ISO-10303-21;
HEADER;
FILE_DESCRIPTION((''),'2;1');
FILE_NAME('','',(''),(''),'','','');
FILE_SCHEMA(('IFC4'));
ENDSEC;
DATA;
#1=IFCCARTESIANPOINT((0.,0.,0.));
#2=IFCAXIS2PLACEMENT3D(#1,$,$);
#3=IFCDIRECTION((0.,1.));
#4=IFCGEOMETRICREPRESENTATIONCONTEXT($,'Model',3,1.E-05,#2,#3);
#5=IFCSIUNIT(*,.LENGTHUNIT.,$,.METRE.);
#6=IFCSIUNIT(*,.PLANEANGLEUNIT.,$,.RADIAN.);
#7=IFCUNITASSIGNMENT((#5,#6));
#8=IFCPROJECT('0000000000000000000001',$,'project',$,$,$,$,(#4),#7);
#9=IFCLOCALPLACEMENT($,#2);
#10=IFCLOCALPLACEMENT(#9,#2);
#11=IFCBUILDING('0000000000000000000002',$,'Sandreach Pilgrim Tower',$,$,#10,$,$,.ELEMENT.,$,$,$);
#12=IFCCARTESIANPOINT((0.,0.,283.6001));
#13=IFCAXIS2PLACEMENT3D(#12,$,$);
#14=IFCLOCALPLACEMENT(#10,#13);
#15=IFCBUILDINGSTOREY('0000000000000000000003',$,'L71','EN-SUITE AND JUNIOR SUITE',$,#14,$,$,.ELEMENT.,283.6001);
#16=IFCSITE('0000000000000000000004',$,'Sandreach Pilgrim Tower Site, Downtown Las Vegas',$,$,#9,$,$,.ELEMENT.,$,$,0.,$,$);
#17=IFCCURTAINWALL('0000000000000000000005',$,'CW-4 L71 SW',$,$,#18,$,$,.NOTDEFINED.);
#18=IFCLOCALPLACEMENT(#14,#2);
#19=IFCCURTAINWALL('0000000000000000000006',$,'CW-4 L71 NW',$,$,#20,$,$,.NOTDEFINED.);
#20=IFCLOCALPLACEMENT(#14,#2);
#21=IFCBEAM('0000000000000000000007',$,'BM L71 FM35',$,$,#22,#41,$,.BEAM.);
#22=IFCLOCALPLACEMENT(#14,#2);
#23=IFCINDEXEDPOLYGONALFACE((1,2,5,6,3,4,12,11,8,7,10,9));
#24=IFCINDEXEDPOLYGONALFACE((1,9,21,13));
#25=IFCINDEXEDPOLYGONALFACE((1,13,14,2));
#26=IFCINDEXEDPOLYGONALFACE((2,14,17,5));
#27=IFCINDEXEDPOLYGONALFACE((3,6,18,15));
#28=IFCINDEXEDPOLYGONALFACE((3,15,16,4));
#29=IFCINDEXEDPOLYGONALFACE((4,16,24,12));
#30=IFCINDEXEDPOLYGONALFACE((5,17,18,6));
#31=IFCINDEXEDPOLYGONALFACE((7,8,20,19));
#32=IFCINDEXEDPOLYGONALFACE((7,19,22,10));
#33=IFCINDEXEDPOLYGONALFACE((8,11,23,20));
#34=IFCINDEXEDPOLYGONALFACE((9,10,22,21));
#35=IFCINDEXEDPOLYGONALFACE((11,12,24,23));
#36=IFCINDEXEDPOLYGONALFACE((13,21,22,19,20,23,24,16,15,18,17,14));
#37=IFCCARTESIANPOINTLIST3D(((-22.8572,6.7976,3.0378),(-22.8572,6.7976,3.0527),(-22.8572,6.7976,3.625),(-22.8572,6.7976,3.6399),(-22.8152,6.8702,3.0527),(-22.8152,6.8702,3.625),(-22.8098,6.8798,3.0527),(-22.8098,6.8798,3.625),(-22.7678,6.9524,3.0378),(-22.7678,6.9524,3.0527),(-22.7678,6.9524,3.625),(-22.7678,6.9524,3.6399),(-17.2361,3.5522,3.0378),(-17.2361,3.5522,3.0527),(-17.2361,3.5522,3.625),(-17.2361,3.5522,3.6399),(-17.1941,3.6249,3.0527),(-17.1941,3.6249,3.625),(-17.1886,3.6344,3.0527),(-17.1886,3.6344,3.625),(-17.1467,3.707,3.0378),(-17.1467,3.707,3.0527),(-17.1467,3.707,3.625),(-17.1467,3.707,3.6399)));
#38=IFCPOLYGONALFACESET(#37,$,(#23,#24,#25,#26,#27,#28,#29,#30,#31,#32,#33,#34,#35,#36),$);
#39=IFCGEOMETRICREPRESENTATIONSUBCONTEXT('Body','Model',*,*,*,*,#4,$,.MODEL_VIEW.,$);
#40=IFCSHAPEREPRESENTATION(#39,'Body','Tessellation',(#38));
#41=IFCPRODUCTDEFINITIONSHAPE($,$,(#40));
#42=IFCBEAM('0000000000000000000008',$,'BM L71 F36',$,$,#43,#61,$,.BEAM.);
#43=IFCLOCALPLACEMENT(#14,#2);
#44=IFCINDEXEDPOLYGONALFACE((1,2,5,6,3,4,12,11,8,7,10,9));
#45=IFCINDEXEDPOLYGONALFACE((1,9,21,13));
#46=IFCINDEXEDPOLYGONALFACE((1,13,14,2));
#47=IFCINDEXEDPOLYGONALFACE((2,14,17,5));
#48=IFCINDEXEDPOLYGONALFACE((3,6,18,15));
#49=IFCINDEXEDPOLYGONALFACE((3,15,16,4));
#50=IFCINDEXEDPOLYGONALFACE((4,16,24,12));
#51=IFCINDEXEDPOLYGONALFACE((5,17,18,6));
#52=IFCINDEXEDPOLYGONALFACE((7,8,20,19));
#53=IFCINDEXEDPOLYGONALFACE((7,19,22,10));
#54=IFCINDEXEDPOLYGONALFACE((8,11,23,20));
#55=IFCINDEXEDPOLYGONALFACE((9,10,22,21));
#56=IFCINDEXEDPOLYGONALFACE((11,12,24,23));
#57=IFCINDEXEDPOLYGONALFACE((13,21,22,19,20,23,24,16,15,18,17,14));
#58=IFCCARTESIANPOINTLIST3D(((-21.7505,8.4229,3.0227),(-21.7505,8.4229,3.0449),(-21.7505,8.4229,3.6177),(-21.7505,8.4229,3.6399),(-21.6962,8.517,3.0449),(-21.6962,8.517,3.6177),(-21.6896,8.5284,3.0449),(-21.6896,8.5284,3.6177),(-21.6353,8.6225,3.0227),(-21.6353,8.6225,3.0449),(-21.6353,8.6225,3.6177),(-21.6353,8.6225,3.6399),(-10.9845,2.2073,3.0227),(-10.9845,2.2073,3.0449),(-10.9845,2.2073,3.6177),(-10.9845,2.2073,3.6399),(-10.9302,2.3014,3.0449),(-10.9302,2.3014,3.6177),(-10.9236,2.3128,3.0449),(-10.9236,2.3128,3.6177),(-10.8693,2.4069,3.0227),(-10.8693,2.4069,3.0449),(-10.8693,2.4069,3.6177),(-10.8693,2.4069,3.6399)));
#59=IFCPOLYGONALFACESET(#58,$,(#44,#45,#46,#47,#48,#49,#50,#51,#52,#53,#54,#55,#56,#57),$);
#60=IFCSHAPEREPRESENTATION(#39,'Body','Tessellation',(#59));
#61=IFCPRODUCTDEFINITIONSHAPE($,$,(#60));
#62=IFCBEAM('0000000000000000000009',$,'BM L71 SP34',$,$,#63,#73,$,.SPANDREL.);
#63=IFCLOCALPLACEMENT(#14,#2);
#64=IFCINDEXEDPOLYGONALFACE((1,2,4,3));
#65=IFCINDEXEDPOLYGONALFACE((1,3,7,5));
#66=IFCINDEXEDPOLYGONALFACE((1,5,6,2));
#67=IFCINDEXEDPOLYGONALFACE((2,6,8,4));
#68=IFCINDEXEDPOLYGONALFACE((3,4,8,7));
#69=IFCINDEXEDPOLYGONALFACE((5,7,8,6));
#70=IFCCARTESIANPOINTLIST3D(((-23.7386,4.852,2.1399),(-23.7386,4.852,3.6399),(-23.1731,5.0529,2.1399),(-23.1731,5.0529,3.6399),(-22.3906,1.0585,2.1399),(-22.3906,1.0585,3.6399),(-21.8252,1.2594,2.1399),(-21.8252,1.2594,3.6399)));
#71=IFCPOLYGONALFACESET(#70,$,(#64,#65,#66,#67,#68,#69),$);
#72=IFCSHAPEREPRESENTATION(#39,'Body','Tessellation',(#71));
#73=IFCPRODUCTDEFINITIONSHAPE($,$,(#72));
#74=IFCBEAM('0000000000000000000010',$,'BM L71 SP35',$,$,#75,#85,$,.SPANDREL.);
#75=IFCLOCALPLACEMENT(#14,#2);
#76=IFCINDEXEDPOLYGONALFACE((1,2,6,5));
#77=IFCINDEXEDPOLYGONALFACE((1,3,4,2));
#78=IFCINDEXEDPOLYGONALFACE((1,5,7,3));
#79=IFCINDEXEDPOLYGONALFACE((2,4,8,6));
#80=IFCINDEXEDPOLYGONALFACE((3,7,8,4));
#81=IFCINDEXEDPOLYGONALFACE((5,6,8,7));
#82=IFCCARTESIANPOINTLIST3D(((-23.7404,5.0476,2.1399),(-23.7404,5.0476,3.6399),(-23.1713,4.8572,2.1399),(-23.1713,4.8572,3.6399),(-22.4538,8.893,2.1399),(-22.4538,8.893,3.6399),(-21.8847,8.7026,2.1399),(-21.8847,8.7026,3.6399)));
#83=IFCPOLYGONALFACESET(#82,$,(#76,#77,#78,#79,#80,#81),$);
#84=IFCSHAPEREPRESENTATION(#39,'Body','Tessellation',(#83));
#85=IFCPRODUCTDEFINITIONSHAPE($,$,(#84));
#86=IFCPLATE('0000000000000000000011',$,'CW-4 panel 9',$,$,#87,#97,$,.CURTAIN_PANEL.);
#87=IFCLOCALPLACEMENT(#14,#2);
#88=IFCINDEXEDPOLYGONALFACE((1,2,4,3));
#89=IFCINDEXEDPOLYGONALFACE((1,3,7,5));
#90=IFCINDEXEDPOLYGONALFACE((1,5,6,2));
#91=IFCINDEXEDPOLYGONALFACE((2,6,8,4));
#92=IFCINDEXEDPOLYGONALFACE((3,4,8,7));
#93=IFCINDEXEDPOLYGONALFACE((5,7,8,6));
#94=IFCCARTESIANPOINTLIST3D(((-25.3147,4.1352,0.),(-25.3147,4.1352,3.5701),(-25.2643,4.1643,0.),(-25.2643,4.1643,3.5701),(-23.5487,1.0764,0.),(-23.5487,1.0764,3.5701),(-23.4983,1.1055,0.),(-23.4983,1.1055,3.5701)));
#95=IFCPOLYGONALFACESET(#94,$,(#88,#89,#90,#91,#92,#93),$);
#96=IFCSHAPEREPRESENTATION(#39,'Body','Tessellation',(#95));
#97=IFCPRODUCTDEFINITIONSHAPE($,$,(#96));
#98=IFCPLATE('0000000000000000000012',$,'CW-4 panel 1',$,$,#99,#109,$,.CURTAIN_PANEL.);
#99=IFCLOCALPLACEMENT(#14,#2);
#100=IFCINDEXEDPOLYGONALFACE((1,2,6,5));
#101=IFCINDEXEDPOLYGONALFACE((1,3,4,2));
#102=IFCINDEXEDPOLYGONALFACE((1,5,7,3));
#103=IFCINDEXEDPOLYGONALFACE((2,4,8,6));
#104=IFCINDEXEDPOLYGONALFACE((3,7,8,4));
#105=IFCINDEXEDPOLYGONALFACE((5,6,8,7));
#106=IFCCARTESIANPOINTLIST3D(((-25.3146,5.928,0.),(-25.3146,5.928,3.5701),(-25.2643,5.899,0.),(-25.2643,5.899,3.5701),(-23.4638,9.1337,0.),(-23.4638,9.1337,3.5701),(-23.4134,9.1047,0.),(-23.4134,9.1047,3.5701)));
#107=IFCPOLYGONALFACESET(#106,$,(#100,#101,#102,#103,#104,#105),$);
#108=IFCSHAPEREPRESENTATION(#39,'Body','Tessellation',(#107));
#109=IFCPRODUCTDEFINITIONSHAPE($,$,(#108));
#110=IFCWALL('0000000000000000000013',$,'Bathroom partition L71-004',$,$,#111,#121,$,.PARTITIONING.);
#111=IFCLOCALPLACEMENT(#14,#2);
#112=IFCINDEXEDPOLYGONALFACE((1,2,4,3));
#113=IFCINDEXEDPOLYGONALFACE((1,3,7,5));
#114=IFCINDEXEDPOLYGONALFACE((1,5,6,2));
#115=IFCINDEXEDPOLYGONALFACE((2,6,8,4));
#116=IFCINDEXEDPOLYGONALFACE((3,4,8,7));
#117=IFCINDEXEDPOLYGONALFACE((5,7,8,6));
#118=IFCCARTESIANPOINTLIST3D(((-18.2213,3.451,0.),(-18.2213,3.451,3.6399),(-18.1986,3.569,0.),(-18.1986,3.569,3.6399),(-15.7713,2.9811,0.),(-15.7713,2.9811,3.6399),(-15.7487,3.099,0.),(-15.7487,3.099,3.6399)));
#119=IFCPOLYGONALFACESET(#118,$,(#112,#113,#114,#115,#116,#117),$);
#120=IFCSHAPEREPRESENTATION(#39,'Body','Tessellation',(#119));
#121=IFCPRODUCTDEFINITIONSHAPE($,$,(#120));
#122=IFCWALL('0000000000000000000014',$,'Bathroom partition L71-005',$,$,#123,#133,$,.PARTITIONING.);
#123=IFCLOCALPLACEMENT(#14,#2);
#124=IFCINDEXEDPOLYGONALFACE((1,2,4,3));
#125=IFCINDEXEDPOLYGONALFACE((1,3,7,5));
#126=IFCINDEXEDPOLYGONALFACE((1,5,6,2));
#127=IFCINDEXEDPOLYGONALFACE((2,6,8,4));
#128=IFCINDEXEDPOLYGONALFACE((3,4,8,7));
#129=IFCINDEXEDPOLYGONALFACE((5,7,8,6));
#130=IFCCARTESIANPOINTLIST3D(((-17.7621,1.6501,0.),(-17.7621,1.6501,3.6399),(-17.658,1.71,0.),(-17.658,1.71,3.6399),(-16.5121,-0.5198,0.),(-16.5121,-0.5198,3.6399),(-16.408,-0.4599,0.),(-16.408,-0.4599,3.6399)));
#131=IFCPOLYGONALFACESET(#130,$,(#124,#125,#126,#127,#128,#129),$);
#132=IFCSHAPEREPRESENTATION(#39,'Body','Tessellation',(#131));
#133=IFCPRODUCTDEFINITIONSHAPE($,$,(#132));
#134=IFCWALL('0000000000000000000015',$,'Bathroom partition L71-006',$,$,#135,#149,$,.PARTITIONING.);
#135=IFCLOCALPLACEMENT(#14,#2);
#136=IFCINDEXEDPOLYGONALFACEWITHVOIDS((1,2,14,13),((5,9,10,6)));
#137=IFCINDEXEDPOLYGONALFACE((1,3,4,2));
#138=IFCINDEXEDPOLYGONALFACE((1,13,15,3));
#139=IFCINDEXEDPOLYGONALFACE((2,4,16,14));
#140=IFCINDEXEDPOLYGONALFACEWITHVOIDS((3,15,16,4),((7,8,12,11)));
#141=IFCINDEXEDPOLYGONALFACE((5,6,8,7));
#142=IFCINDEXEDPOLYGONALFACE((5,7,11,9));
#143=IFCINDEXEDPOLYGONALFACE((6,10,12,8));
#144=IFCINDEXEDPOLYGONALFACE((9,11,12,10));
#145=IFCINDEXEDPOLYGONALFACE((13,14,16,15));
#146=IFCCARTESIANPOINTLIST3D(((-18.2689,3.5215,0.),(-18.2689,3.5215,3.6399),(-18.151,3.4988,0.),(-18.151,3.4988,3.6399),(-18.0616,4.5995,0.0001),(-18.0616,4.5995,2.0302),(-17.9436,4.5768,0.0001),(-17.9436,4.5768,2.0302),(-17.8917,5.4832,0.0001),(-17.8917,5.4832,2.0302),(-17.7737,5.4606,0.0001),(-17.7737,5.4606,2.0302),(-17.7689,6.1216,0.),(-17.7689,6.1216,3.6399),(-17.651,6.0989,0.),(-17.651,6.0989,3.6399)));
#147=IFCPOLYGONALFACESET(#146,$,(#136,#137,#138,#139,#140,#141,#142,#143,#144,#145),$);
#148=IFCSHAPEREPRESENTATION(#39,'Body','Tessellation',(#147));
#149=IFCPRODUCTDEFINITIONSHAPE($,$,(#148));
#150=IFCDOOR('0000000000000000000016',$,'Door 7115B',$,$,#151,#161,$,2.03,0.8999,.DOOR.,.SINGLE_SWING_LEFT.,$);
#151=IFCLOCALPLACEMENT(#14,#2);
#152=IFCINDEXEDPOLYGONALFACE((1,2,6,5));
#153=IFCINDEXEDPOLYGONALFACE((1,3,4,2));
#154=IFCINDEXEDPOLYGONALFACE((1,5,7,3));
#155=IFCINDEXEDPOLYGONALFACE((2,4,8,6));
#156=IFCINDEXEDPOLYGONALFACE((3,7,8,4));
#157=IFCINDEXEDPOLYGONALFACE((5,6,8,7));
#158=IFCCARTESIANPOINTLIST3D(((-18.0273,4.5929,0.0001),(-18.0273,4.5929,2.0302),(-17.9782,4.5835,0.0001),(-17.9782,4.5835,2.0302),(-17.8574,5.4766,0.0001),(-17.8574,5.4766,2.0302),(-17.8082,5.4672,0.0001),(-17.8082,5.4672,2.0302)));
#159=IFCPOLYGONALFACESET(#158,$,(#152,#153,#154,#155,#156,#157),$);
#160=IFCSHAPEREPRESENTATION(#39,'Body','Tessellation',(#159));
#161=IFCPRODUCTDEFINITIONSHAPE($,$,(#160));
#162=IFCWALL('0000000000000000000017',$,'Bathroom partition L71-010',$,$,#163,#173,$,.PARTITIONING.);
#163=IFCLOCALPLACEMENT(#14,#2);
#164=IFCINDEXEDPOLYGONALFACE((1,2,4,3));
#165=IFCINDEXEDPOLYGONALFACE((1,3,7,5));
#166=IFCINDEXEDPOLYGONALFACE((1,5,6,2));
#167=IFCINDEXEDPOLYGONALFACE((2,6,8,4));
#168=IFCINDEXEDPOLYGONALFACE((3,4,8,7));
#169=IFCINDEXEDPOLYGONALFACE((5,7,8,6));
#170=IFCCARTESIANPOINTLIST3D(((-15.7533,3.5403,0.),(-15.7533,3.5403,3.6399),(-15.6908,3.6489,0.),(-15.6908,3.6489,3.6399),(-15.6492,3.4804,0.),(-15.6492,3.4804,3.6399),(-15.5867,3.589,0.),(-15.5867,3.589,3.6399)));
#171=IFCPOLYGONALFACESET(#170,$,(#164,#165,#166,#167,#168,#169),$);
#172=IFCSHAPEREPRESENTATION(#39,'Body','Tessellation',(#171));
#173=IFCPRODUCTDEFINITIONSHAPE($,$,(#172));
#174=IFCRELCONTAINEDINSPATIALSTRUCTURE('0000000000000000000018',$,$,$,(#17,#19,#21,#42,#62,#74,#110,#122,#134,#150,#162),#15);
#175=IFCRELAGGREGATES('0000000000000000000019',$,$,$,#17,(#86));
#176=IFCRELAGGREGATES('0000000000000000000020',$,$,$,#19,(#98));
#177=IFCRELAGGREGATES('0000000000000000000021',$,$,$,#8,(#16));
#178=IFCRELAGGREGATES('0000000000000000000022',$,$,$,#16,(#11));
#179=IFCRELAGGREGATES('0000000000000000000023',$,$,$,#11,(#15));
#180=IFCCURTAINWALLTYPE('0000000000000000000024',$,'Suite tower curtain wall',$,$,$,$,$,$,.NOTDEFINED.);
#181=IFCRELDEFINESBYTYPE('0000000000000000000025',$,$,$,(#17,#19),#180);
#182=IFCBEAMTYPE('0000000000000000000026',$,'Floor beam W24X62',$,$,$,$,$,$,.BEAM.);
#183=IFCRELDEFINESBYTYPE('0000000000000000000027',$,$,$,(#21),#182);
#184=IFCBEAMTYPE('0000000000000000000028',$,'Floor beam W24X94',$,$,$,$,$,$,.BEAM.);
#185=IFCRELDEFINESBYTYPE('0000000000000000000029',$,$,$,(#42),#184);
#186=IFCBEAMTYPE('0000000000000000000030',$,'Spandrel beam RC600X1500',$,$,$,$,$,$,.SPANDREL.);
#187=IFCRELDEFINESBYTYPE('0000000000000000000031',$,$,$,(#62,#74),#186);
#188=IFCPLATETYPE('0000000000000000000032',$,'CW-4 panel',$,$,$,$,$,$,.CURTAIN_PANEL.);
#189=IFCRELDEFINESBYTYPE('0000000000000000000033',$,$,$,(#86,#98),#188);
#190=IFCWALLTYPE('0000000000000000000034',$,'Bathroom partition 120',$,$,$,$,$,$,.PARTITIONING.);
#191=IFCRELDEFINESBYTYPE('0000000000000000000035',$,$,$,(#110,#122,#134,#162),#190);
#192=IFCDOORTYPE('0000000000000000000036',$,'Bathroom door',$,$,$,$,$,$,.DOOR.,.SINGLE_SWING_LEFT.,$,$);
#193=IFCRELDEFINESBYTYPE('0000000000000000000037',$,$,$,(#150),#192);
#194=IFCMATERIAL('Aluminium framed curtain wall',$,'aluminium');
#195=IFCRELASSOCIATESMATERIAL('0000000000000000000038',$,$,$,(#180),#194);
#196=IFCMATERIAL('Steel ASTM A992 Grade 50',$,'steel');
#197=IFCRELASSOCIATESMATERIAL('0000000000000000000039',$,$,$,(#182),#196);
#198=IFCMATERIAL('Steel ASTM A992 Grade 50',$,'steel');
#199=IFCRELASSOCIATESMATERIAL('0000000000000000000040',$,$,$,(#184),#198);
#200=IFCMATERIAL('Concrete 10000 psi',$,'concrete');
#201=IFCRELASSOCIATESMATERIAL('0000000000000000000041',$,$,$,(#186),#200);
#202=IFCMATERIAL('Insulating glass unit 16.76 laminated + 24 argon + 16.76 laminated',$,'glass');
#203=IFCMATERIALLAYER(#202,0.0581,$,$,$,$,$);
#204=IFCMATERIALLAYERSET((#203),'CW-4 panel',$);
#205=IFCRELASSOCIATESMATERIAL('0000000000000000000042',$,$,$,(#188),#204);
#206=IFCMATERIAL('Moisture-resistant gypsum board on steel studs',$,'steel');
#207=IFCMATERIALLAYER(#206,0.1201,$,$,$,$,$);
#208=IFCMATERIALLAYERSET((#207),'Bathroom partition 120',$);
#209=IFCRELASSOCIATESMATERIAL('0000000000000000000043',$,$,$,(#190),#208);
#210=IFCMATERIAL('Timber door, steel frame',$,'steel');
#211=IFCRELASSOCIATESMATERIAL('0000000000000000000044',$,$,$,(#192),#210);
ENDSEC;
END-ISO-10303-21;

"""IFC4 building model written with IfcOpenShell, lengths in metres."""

from ifc_helpers import new_model, si_unit, direction, frame, frame_2d, origin, origin_2d, place, context, subcontext, project, spatial, rectangle, i_section, extrude, material, layer, layer_set, material_profile, profile_set, type_object, element, fill, aggregate, save


model = new_model("IFC4")

# Units and contexts
model_context = context("Model", 3, precision=1e-05, world=origin(), true_north=direction((0.0, 1.0)))
body_context = subcontext(model_context, "Body", "Model", "MODEL_VIEW")
ifc_project = project(units=[si_unit("LENGTHUNIT", "METRE"), si_unit("PLANEANGLEUNIT", "RADIAN")], contexts=[model_context])

# Site, building, storey
site_placement = place(None, origin())
site = spatial("IfcSite", under=ifc_project, at=site_placement, Name="Sandreach Pilgrim Tower Site, Downtown Las Vegas", CompositionType="ELEMENT", RefElevation=0.0)
building_placement = place(site_placement, origin())
building = spatial("IfcBuilding", under=site, at=building_placement, Name="Sandreach Pilgrim Tower", CompositionType="ELEMENT")
storey_placement = place(building_placement, frame((0.0, 0.0, 283.6001)))
storey = spatial("IfcBuildingStorey", under=building, at=storey_placement, Name="L71", Description="EN-SUITE AND JUNIOR SUITE", CompositionType="ELEMENT", Elevation=283.6001)

# Curtain wall
ifc_material_1 = material(Name="Aluminium framed curtain wall", Category="aluminium")
curtain_wall_type = type_object("IfcCurtainWallType", Name="Suite tower curtain wall", PredefinedType="NOTDEFINED", material=ifc_material_1)
curtain_wall_1_placement = place(storey_placement, origin())
curtain_wall_1 = element("IfcCurtainWall", 1, at=curtain_wall_1_placement, inside=storey, type_object=curtain_wall_type, Name="CW-4 L71 SW", PredefinedType="NOTDEFINED")

# Curtain wall
curtain_wall_2_placement = place(storey_placement, origin())
curtain_wall_2 = element("IfcCurtainWall", 2, at=curtain_wall_2_placement, inside=storey, type_object=curtain_wall_type, Name="CW-4 L71 NW", PredefinedType="NOTDEFINED")

# Beams
ifc_material_2 = material(Name="Steel ASTM A992 Grade 50", Category="steel")
ifc_material_profile_1 = material_profile(ifc_material_2, i_section(OverallWidth=0.1787, OverallDepth=0.6021, WebThickness=0.011, FlangeThickness=0.0149, at=origin_2d()), Name="W24X62")
ifc_profile_set_1 = profile_set([ifc_material_profile_1], Name="Steel ASTM A992 Grade 50")
beam_type_1 = type_object("IfcBeamType", Name="Floor beam W24X62", PredefinedType="BEAM", material=ifc_profile_set_1)
beam_1_placement = place(storey_placement, frame((-22.8125, 6.875, 3.3389), z_axis=(0.866024, -0.500002, 0.0), x_axis=(0.500002, 0.866024, 0.0)))
element("IfcBeam", 3, at=beam_1_placement, inside=storey, type_object=beam_type_1, Name="BM L71 FM35", PredefinedType="BEAM", context=body_context, shape_type="SweptSolid", body=[
    extrude(i_section(OverallWidth=0.1787, OverallDepth=0.6021, WebThickness=0.011, FlangeThickness=0.0149, at=origin_2d()), origin(), (0.0, 0.0, 1.0), 6.4907),
])
ifc_material_3 = material(Name="Steel ASTM A992 Grade 50", Category="steel")
ifc_material_profile_2 = material_profile(ifc_material_3, i_section(OverallWidth=0.2305, OverallDepth=0.6172, WebThickness=0.0132, FlangeThickness=0.0222, at=origin_2d()), Name="W24X94")
ifc_profile_set_2 = profile_set([ifc_material_profile_2], Name="Steel ASTM A992 Grade 50")
beam_type_2 = type_object("IfcBeamType", Name="Floor beam W24X94", PredefinedType="BEAM", material=ifc_profile_set_2)
beam_2_placement = place(storey_placement, frame((-21.6929, 8.5227, 3.3313), z_axis=(0.866029, -0.499994, 0.0), x_axis=(0.499994, 0.866029, 0.0)))
element("IfcBeam", 4, at=beam_2_placement, inside=storey, type_object=beam_type_2, Name="BM L71 F36", PredefinedType="BEAM", context=body_context, shape_type="SweptSolid", body=[
    extrude(i_section(OverallWidth=0.2305, OverallDepth=0.6172, WebThickness=0.0132, FlangeThickness=0.0222, at=origin_2d()), origin(), (0.0, 0.0, 1.0), 12.4314),
])
ifc_material_4 = material(Name="Concrete 10000 psi", Category="concrete")
ifc_material_profile_3 = material_profile(ifc_material_4, rectangle(XDim=0.6001, YDim=1.5, at=origin_2d()), Name="RC600X1500")
ifc_profile_set_3 = profile_set([ifc_material_profile_3], Name="Concrete 10000 psi")
beam_type_3 = type_object("IfcBeamType", Name="Spandrel beam RC600X1500", PredefinedType="SPANDREL", material=ifc_profile_set_3)
beam_3_placement = place(storey_placement, frame((-22.1079, 1.1589, 2.8899), z_axis=(-0.334815, 0.942284, 0.0), x_axis=(-0.942284, -0.334815, 0.0)))
element("IfcBeam", 5, at=beam_3_placement, inside=storey, type_object=beam_type_3, Name="BM L71 SP34", PredefinedType="SPANDREL", context=body_context, shape_type="SweptSolid", body=[
    extrude(rectangle(XDim=0.6001, YDim=1.5, at=origin_2d()), origin(), (0.0, 0.0, 1.0), 4.0259),
])
beam_4_placement = place(storey_placement, frame((-23.4558, 4.9524, 2.8899), z_axis=(0.317293, 0.948327, 0.0), x_axis=(-0.948327, 0.317293, 0.0)))
element("IfcBeam", 6, at=beam_4_placement, inside=storey, type_object=beam_type_3, Name="BM L71 SP35", PredefinedType="SPANDREL", context=body_context, shape_type="SweptSolid", body=[
    extrude(rectangle(XDim=0.6001, YDim=1.5, at=origin_2d()), origin(), (0.0, 0.0, 1.0), 4.0549),
])

# Plates
ifc_material_5 = material(Name="Insulating glass unit 16.76 laminated + 24 argon + 16.76 laminated", Category="glass")
ifc_layer_1 = layer(ifc_material_5, 0.0581)
ifc_layer_set_1 = layer_set([ifc_layer_1], Name="CW-4 panel")
plate_type = type_object("IfcPlateType", Name="CW-4 panel", PredefinedType="CURTAIN_PANEL", material=ifc_layer_set_1)
plate_1_placement = place(storey_placement, frame((-24.4065, 2.6204, 0.0), z_axis=(0.0, 0.0, 1.0), x_axis=(-0.5, 0.866025, 0.0)))
plate_1 = element("IfcPlate", 7, at=plate_1_placement, type_object=plate_type, Name="CW-4 panel 9", PredefinedType="CURTAIN_PANEL", context=body_context, shape_type="SweptSolid", body=[
    extrude(rectangle(XDim=3.532, YDim=0.0581, at=origin_2d()), origin(), (0.0, 0.0, 1.0), 3.5701),
])
aggregate(curtain_wall_1, [plate_1])
plate_2_placement = place(storey_placement, frame((-24.364, 7.5164, 0.0), z_axis=(0.0, 0.0, 1.0), x_axis=(0.5, 0.866025, 0.0)))
plate_2 = element("IfcPlate", 8, at=plate_2_placement, type_object=plate_type, Name="CW-4 panel 1", PredefinedType="CURTAIN_PANEL", context=body_context, shape_type="SweptSolid", body=[
    extrude(rectangle(XDim=3.7017, YDim=0.0581, at=origin_2d()), origin(), (0.0, 0.0, 1.0), 3.5701),
])
aggregate(curtain_wall_2, [plate_2])

# Walls
ifc_material_6 = material(Name="Moisture-resistant gypsum board on steel studs", Category="steel")
ifc_layer_2 = layer(ifc_material_6, 0.1201)
ifc_layer_set_2 = layer_set([ifc_layer_2], Name="Bathroom partition 120")
wall_type_1 = type_object("IfcWallType", Name="Bathroom partition 120", PredefinedType="PARTITIONING", material=ifc_layer_set_2)
wall_1_placement = place(storey_placement, frame((-18.21, 3.51, 0.0), z_axis=(0.0, 0.0, 1.0), x_axis=(0.982094, -0.188394, 0.0)))
element("IfcWall", 9, at=wall_1_placement, inside=storey, type_object=wall_type_1, Name="Bathroom partition L71-004", PredefinedType="PARTITIONING", context=body_context, shape_type="SweptSolid", body=[
    extrude(rectangle(XDim=2.4946, YDim=0.1201, at=frame_2d((1.2473, 0.0))), origin(), (0.0, 0.0, 1.0), 3.6399),
])
wall_2_placement = place(storey_placement, frame((-17.71, 1.6799, 0.0), z_axis=(0.0, 0.0, 1.0), x_axis=(0.49916, -0.86651, 0.0)))
element("IfcWall", 10, at=wall_2_placement, inside=storey, type_object=wall_type_1, Name="Bathroom partition L71-005", PredefinedType="PARTITIONING", context=body_context, shape_type="SweptSolid", body=[
    extrude(rectangle(XDim=2.5042, YDim=0.1201, at=frame_2d((1.252, 0.0))), origin(), (0.0, 0.0, 1.0), 3.6399),
])

# Wall, opening, door
wall_3_placement = place(storey_placement, frame((-17.71, 6.1101, 0.0), z_axis=(0.0, 0.0, 1.0), x_axis=(-0.188841, -0.982008, 0.0)))
wall_3 = element("IfcWall", 11, at=wall_3_placement, inside=storey, type_object=wall_type_1, Name="Bathroom partition L71-006", PredefinedType="PARTITIONING", context=body_context, shape_type="SweptSolid", body=[
    extrude(rectangle(XDim=2.6477, YDim=0.1201, at=frame_2d((1.3237, 0.0))), origin(), (0.0, 0.0, 1.0), 3.6399),
])
opening_1_placement = place(wall_3_placement, frame((0.6499, 0.0, 0.0)))
opening_1 = element("IfcOpeningElement", 12, at=opening_1_placement, cuts=wall_3, PredefinedType="OPENING", context=body_context, shape_type="SweptSolid", body=[
    extrude(rectangle(XDim=0.8999, YDim=2.03, at=frame_2d((0.45, 1.0151))), frame((0.0, 0.0601, 0.0), z_axis=(0.0, -1.0, 0.0), x_axis=(1.0, 0.0, 0.0)), (0.0, 0.0, 1.0), 0.1201),
])
ifc_material_7 = material(Name="Timber door, steel frame", Category="steel")
door_type_1 = type_object("IfcDoorType", Name="Bathroom door", OperationType="SINGLE_SWING_LEFT", PredefinedType="DOOR", material=ifc_material_7)
door_1_placement = place(opening_1_placement, origin())
door_1 = element("IfcDoor", 13, at=door_1_placement, inside=storey, type_object=door_type_1, Name="Door 7115B", OperationType="SINGLE_SWING_LEFT", OverallHeight=2.03, OverallWidth=0.8999, PredefinedType="DOOR", context=body_context, shape_type="SweptSolid", body=[
    extrude(rectangle(XDim=0.8999, YDim=2.03, at=frame_2d((0.45, 1.0151))), frame((0.0, 0.0249, 0.0), z_axis=(0.0, -1.0, 0.0), x_axis=(1.0, 0.0, 0.0)), (0.0, 0.0, 1.0), 0.05),
])
fill(opening_1, door_1)

# Wall
wall_4_placement = place(storey_placement, frame((-15.7012, 3.5105, 0.0), z_axis=(0.0, 0.0, 1.0), x_axis=(0.498654, 0.866801, 0.0)))
element("IfcWall", 14, at=wall_4_placement, inside=storey, type_object=wall_type_1, Name="Bathroom partition L71-010", PredefinedType="PARTITIONING", context=body_context, shape_type="SweptSolid", body=[
    extrude(rectangle(XDim=0.1252, YDim=0.1201, at=frame_2d((0.0625, 0.0))), origin(), (0.0, 0.0, 1.0), 3.6399),
])

save(model, "model.ifc")
